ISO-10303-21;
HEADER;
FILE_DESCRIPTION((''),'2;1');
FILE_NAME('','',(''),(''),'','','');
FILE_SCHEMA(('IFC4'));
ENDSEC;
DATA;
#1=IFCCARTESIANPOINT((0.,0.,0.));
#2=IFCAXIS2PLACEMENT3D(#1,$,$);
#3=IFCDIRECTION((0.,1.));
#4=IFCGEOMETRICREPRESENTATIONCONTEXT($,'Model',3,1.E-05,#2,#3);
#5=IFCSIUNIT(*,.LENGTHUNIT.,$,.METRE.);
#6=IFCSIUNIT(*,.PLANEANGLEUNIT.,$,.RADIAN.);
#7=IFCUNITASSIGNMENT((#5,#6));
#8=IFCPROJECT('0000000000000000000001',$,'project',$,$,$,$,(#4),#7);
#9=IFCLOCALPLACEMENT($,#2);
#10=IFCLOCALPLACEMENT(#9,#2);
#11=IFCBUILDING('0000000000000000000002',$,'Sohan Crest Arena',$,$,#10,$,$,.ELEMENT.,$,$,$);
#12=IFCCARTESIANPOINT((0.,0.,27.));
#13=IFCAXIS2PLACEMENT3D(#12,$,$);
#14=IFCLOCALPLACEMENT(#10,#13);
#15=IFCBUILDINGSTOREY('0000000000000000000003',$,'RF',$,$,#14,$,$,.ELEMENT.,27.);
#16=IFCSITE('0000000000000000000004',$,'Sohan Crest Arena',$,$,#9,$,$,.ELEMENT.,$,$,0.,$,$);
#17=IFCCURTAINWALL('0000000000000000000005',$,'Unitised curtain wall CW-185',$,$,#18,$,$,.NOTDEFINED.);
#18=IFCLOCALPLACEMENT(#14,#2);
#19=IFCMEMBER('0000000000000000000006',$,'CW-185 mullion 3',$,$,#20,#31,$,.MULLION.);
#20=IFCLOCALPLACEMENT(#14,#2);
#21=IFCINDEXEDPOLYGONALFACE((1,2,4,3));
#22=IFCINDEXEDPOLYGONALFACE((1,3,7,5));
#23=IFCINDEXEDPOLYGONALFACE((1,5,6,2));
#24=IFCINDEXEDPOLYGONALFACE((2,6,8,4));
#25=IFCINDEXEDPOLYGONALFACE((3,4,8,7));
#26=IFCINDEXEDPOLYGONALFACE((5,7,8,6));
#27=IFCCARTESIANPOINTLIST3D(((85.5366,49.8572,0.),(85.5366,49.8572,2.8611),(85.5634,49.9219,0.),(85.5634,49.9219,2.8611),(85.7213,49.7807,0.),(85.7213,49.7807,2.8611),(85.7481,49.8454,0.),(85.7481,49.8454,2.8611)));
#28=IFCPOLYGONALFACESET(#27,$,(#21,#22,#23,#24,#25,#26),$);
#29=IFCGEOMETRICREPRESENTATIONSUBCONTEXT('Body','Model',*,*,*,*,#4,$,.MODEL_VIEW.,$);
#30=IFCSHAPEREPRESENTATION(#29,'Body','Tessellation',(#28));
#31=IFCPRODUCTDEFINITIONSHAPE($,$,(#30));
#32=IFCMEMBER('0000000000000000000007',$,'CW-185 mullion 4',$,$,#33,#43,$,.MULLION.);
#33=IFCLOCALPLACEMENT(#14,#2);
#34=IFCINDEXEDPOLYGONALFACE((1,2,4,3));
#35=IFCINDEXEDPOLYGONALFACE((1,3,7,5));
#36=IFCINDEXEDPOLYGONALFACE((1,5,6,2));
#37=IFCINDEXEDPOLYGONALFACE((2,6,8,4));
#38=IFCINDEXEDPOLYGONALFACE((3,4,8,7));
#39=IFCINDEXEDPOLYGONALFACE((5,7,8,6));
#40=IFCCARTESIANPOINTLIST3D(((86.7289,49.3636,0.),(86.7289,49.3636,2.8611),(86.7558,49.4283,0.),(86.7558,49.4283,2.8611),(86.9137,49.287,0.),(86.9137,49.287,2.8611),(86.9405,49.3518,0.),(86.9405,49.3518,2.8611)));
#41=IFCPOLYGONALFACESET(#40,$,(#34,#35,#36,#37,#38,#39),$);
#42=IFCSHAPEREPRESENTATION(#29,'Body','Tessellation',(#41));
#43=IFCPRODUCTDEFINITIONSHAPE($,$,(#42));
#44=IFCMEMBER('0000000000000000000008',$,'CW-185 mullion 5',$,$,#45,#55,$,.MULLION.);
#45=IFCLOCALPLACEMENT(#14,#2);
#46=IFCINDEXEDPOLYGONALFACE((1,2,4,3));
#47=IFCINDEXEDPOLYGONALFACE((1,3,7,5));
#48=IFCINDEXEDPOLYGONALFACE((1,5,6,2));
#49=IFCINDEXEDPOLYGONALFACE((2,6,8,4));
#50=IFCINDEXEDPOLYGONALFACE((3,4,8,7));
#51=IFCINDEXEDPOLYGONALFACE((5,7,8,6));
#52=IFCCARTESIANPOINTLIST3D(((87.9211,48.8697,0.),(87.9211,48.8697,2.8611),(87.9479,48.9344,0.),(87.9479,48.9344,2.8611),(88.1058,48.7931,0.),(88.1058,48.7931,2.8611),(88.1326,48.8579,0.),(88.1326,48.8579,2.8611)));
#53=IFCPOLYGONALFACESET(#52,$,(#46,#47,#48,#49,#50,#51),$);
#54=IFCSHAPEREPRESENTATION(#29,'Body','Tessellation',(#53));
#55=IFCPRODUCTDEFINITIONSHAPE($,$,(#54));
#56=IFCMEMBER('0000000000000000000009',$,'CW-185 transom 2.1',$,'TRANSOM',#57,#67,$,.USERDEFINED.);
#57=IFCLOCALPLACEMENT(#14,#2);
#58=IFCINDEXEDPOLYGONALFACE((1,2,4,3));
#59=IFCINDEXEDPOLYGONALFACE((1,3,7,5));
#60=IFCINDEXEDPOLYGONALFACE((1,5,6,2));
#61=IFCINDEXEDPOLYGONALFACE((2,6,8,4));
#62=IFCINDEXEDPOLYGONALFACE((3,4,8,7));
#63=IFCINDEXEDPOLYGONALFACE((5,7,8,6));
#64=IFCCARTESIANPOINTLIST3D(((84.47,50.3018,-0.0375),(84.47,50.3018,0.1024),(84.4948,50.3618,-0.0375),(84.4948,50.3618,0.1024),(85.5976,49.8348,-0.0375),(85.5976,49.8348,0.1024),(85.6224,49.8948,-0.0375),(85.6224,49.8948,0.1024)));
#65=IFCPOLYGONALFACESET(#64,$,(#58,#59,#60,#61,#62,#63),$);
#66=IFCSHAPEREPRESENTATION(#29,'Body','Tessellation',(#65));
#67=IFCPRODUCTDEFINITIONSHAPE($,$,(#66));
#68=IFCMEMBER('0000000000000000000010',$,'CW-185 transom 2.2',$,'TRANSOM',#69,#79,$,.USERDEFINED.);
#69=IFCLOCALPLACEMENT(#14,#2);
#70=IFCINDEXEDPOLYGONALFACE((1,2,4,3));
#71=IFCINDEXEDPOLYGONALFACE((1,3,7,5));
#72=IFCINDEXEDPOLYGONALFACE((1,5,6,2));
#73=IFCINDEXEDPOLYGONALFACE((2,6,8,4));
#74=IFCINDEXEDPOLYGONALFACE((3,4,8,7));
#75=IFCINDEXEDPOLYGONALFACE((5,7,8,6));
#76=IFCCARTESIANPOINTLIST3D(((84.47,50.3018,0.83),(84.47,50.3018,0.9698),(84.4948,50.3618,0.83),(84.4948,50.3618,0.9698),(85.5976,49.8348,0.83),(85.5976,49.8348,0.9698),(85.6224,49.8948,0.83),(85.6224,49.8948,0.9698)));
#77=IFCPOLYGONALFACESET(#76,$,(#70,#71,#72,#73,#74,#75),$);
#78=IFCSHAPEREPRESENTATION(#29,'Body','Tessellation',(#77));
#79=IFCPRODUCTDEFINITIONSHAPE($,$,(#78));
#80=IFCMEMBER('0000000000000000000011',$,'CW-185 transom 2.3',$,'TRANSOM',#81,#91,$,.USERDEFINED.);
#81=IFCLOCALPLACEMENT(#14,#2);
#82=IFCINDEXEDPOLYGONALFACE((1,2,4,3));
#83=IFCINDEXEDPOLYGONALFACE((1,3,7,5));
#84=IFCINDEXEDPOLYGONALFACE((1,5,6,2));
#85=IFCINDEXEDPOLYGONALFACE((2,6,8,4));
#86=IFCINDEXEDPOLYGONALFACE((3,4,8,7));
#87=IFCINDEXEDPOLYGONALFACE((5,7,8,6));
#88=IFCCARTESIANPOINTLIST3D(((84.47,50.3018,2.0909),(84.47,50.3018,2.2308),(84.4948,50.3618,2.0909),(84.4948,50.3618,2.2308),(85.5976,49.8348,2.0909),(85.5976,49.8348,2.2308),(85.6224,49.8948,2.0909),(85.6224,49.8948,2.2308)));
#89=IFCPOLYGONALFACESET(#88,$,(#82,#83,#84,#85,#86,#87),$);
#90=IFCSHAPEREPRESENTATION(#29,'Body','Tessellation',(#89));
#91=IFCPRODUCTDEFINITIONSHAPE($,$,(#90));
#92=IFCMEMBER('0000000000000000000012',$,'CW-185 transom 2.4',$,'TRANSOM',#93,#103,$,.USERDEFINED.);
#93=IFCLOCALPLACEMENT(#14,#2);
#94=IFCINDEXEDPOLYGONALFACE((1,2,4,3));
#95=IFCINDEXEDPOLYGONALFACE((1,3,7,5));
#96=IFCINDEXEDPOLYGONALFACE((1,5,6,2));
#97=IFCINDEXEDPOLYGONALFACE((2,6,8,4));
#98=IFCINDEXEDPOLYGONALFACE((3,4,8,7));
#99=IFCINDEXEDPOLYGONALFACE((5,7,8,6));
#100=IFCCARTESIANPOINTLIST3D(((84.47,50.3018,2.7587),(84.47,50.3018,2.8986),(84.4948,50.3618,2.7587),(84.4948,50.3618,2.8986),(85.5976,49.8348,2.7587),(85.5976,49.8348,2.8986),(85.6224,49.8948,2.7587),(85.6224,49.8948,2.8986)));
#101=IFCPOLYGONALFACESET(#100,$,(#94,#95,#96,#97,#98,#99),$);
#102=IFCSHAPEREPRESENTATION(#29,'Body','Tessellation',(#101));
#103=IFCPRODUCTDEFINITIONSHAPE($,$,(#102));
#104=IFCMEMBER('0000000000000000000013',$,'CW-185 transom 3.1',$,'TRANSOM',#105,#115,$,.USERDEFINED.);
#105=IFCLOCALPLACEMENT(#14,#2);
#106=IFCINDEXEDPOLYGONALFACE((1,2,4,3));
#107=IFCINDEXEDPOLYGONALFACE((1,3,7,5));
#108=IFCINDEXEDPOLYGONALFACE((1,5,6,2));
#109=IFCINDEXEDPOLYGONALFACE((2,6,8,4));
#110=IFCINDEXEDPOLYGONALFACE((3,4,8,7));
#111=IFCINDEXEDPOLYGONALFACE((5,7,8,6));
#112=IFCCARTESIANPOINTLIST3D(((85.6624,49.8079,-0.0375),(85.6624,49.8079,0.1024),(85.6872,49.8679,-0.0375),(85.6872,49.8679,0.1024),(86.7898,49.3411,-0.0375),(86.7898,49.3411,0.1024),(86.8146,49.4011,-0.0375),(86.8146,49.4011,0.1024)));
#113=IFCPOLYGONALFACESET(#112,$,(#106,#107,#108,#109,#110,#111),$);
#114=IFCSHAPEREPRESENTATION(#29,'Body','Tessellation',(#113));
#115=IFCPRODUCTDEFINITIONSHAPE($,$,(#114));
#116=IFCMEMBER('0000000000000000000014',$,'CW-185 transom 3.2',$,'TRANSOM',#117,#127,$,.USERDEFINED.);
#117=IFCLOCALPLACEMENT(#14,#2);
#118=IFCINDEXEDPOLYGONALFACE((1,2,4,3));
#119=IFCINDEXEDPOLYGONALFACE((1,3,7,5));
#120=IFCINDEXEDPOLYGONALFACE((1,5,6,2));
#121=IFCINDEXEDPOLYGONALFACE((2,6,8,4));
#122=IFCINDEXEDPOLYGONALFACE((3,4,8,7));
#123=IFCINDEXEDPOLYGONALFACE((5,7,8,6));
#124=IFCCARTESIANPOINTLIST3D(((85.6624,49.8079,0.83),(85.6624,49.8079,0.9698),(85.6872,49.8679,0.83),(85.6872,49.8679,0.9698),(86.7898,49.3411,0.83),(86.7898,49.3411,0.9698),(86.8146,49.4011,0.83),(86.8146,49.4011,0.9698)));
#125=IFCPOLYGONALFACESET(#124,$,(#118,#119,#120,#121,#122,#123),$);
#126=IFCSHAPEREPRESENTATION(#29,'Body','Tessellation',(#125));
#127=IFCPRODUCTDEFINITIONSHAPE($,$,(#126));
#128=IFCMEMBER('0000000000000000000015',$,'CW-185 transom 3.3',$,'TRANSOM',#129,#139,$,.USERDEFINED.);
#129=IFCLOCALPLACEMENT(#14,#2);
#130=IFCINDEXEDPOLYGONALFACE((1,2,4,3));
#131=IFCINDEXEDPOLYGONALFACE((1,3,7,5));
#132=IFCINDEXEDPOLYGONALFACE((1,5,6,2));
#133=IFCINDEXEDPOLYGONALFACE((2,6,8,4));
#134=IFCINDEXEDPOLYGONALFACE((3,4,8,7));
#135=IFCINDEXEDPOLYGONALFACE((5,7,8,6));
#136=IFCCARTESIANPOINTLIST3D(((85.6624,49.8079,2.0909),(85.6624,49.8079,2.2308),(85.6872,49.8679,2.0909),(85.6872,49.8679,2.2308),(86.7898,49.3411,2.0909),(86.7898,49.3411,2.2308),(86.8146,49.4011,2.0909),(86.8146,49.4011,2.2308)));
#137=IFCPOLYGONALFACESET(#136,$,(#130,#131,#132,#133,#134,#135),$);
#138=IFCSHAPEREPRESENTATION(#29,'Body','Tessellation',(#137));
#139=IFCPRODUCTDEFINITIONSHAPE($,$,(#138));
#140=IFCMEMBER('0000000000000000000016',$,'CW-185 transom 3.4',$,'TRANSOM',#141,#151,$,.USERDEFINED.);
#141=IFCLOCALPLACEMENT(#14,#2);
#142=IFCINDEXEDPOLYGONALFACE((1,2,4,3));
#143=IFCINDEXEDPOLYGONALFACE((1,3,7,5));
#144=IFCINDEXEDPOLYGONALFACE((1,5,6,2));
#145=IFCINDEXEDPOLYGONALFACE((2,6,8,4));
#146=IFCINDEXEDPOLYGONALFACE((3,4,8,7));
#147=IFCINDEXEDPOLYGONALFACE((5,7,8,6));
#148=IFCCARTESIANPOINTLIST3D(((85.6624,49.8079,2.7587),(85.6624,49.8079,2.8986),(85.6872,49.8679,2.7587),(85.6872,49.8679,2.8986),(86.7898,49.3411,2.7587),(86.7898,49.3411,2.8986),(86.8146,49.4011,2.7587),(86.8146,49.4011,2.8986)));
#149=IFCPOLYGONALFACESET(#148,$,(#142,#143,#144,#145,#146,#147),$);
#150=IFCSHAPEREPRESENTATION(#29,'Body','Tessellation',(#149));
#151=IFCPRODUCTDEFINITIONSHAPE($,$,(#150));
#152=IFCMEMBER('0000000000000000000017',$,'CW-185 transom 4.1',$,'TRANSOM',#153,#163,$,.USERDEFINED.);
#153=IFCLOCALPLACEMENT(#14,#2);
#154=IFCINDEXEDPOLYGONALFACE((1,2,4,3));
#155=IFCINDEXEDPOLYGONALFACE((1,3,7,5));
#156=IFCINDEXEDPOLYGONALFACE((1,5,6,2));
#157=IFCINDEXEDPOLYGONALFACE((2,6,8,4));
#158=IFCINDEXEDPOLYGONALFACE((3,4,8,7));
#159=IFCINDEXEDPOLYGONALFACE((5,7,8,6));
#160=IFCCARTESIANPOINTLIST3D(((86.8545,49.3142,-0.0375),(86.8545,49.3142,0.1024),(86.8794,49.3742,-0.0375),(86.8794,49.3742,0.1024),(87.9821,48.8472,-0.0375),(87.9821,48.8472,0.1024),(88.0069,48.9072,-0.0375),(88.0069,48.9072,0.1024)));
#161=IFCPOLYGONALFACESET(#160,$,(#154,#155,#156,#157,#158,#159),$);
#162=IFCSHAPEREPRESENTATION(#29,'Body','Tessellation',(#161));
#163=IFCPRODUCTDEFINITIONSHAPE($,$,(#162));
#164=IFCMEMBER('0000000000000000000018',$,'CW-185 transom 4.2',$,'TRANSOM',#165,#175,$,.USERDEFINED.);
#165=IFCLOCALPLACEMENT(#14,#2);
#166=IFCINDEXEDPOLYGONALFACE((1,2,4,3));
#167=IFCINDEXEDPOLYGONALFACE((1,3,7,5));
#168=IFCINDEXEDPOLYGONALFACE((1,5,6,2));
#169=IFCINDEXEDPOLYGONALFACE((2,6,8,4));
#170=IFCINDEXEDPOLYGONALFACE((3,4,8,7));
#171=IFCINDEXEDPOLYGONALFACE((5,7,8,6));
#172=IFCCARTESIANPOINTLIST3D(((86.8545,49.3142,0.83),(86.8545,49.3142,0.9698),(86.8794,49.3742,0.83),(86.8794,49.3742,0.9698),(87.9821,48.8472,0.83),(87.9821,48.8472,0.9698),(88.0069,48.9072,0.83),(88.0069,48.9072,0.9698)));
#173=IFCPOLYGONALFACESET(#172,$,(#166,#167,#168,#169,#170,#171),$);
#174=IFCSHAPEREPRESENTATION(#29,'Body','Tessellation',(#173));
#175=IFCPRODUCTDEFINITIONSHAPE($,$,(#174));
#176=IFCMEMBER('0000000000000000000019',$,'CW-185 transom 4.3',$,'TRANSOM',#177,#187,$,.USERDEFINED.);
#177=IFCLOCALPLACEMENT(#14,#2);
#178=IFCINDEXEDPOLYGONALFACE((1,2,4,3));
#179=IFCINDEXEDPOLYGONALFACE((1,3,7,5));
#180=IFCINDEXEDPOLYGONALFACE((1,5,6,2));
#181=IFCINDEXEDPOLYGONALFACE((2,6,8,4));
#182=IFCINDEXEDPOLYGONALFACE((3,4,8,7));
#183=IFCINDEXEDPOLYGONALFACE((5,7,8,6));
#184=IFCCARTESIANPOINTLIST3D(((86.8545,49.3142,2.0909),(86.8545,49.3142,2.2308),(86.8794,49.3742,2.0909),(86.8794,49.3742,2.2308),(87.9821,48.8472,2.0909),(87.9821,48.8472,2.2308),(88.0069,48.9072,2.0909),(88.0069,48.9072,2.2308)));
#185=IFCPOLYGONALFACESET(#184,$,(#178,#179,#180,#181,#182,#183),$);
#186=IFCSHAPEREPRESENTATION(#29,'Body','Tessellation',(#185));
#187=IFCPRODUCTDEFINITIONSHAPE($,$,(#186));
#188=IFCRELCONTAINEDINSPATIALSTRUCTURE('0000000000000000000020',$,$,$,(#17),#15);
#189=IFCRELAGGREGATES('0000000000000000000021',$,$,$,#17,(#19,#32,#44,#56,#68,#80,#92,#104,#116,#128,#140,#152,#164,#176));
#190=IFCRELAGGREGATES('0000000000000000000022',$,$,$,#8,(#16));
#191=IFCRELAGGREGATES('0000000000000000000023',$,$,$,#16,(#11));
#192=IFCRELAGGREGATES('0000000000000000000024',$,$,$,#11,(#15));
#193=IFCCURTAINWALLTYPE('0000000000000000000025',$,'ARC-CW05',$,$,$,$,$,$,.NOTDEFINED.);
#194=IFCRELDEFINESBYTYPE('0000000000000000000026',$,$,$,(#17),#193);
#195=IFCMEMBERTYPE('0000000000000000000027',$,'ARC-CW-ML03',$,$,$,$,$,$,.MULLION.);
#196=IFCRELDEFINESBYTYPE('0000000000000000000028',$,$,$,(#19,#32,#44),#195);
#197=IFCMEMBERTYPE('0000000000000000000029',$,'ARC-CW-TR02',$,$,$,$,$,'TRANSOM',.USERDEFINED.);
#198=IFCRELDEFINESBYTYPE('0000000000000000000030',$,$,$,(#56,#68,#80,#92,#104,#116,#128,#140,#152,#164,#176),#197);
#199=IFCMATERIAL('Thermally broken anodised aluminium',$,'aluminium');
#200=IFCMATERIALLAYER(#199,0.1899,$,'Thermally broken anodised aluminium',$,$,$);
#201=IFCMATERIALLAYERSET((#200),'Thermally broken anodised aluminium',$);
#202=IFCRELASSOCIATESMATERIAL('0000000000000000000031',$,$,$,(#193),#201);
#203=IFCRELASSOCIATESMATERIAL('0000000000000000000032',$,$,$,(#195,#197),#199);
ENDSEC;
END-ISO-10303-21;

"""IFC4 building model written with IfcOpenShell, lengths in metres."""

from ifc_helpers import new_model, si_unit, direction, frame, origin, origin_2d, place, context, subcontext, project, spatial, rectangle, extrude, material, layer, layer_set, material_profile, profile_set, type_object, element, aggregate, save


model = new_model("IFC4")

# Units and contexts
model_context = context("Model", 3, precision=1e-05, world=origin(), true_north=direction((0.0, 1.0)))
body_context = subcontext(model_context, "Body", "Model", "MODEL_VIEW")
ifc_project = project(units=[si_unit("LENGTHUNIT", "METRE"), si_unit("PLANEANGLEUNIT", "RADIAN")], contexts=[model_context])

# Site, building, storey
site_placement = place(None, origin())
site = spatial("IfcSite", under=ifc_project, at=site_placement, Name="Sohan Crest Arena", CompositionType="ELEMENT", RefElevation=0.0)
building_placement = place(site_placement, origin())
building = spatial("IfcBuilding", under=site, at=building_placement, Name="Sohan Crest Arena", CompositionType="ELEMENT")
storey_placement = place(building_placement, frame((0.0, 0.0, 27.0)))
storey = spatial("IfcBuildingStorey", under=building, at=storey_placement, Name="RF", CompositionType="ELEMENT", Elevation=27.0)

# Curtain wall, members
ifc_material_1 = material(Name="Thermally broken anodised aluminium", Category="aluminium")
ifc_layer_1 = layer(ifc_material_1, 0.1899, Name="Thermally broken anodised aluminium")
ifc_layer_set_1 = layer_set([ifc_layer_1], Name="Thermally broken anodised aluminium")
curtain_wall_type = type_object("IfcCurtainWallType", Name="ARC-CW05", PredefinedType="NOTDEFINED", material=ifc_layer_set_1)
curtain_wall_placement = place(storey_placement, origin())
curtain_wall = element("IfcCurtainWall", 1, at=curtain_wall_placement, inside=storey, type_object=curtain_wall_type, Name="Unitised curtain wall CW-185", PredefinedType="NOTDEFINED")
ifc_material_profile_1 = material_profile(ifc_material_1, rectangle(XDim=0.0701, YDim=0.2, at=origin_2d()), Name="ALU-MULL 70x200")
ifc_profile_set_1 = profile_set([ifc_material_profile_1], Name="Thermally broken anodised aluminium")
member_type_1 = type_object("IfcMemberType", Name="ARC-CW-ML03", PredefinedType="MULLION", material=ifc_profile_set_1)
member_1_placement = place(storey_placement, frame((85.6423, 49.8513, 0.0), z_axis=(0.0, 0.0, 1.0), x_axis=(0.382667, 0.923886, 0.0)))
member_1 = element("IfcMember", 2, at=member_1_placement, type_object=member_type_1, Name="CW-185 mullion 3", PredefinedType="MULLION", context=body_context, shape_type="SweptSolid", body=[
    extrude(rectangle(XDim=0.0701, YDim=0.2, at=origin_2d()), origin(), (0.0, 0.0, 1.0), 2.8611),
])
member_2_placement = place(storey_placement, frame((86.8347, 49.3577, 0.0), z_axis=(0.0, 0.0, 1.0), x_axis=(0.382667, 0.923886, 0.0)))
member_2 = element("IfcMember", 3, at=member_2_placement, type_object=member_type_1, Name="CW-185 mullion 4", PredefinedType="MULLION", context=body_context, shape_type="SweptSolid", body=[
    extrude(rectangle(XDim=0.0701, YDim=0.2, at=origin_2d()), origin(), (0.0, 0.0, 1.0), 2.8611),
])
member_3_placement = place(storey_placement, frame((88.0269, 48.8638, 0.0), z_axis=(0.0, 0.0, 1.0), x_axis=(0.382667, 0.923886, 0.0)))
member_3 = element("IfcMember", 4, at=member_3_placement, type_object=member_type_1, Name="CW-185 mullion 5", PredefinedType="MULLION", context=body_context, shape_type="SweptSolid", body=[
    extrude(rectangle(XDim=0.0701, YDim=0.2, at=origin_2d()), origin(), (0.0, 0.0, 1.0), 2.8611),
])
ifc_material_profile_2 = material_profile(ifc_material_1, rectangle(XDim=0.0649, YDim=0.1399, at=origin_2d()), Name="ALU-TRAN 65x140")
ifc_profile_set_2 = profile_set([ifc_material_profile_2], Name="Thermally broken anodised aluminium")
member_type_2 = type_object("IfcMemberType", Name="ARC-CW-TR02", ElementType="TRANSOM", PredefinedType="USERDEFINED", material=ifc_profile_set_2)
member_4_placement = place(storey_placement, frame((84.4824, 50.3318, 0.0325), z_axis=(0.923897, -0.38264, 0.0), x_axis=(0.38264, 0.923897, 0.0)))
member_4 = element("IfcMember", 5, at=member_4_placement, type_object=member_type_2, Name="CW-185 transom 2.1", ObjectType="TRANSOM", PredefinedType="USERDEFINED", context=body_context, shape_type="SweptSolid", body=[
    extrude(rectangle(XDim=0.0649, YDim=0.1399, at=origin_2d()), origin(), (0.0, 0.0, 1.0), 1.2205),
])
member_5_placement = place(storey_placement, frame((84.4824, 50.3318, 0.8999), z_axis=(0.923897, -0.38264, 0.0), x_axis=(0.38264, 0.923897, 0.0)))
member_5 = element("IfcMember", 6, at=member_5_placement, type_object=member_type_2, Name="CW-185 transom 2.2", ObjectType="TRANSOM", PredefinedType="USERDEFINED", context=body_context, shape_type="SweptSolid", body=[
    extrude(rectangle(XDim=0.0649, YDim=0.1399, at=origin_2d()), origin(), (0.0, 0.0, 1.0), 1.2205),
])
member_6_placement = place(storey_placement, frame((84.4824, 50.3318, 2.1609), z_axis=(0.923897, -0.38264, 0.0), x_axis=(0.38264, 0.923897, 0.0)))
member_6 = element("IfcMember", 7, at=member_6_placement, type_object=member_type_2, Name="CW-185 transom 2.3", ObjectType="TRANSOM", PredefinedType="USERDEFINED", context=body_context, shape_type="SweptSolid", body=[
    extrude(rectangle(XDim=0.0649, YDim=0.1399, at=origin_2d()), origin(), (0.0, 0.0, 1.0), 1.2205),
])
member_7_placement = place(storey_placement, frame((84.4824, 50.3318, 2.8286), z_axis=(0.923897, -0.38264, 0.0), x_axis=(0.38264, 0.923897, 0.0)))
member_7 = element("IfcMember", 8, at=member_7_placement, type_object=member_type_2, Name="CW-185 transom 2.4", ObjectType="TRANSOM", PredefinedType="USERDEFINED", context=body_context, shape_type="SweptSolid", body=[
    extrude(rectangle(XDim=0.0649, YDim=0.1399, at=origin_2d()), origin(), (0.0, 0.0, 1.0), 1.2205),
])
member_8_placement = place(storey_placement, frame((85.6748, 49.8379, 0.0325), z_axis=(0.923939, -0.38254, 0.0), x_axis=(0.38254, 0.923939, 0.0)))
member_8 = element("IfcMember", 9, at=member_8_placement, type_object=member_type_2, Name="CW-185 transom 3.1", ObjectType="TRANSOM", PredefinedType="USERDEFINED", context=body_context, shape_type="SweptSolid", body=[
    extrude(rectangle(XDim=0.0649, YDim=0.1399, at=origin_2d()), origin(), (0.0, 0.0, 1.0), 1.2202),
])
member_9_placement = place(storey_placement, frame((85.6748, 49.8379, 0.8999), z_axis=(0.923939, -0.38254, 0.0), x_axis=(0.38254, 0.923939, 0.0)))
member_9 = element("IfcMember", 10, at=member_9_placement, type_object=member_type_2, Name="CW-185 transom 3.2", ObjectType="TRANSOM", PredefinedType="USERDEFINED", context=body_context, shape_type="SweptSolid", body=[
    extrude(rectangle(XDim=0.0649, YDim=0.1399, at=origin_2d()), origin(), (0.0, 0.0, 1.0), 1.2202),
])
member_10_placement = place(storey_placement, frame((85.6748, 49.8379, 2.1609), z_axis=(0.923939, -0.38254, 0.0), x_axis=(0.38254, 0.923939, 0.0)))
member_10 = element("IfcMember", 11, at=member_10_placement, type_object=member_type_2, Name="CW-185 transom 3.3", ObjectType="TRANSOM", PredefinedType="USERDEFINED", context=body_context, shape_type="SweptSolid", body=[
    extrude(rectangle(XDim=0.0649, YDim=0.1399, at=origin_2d()), origin(), (0.0, 0.0, 1.0), 1.2202),
])
member_11_placement = place(storey_placement, frame((85.6748, 49.8379, 2.8286), z_axis=(0.923939, -0.38254, 0.0), x_axis=(0.38254, 0.923939, 0.0)))
member_11 = element("IfcMember", 12, at=member_11_placement, type_object=member_type_2, Name="CW-185 transom 3.4", ObjectType="TRANSOM", PredefinedType="USERDEFINED", context=body_context, shape_type="SweptSolid", body=[
    extrude(rectangle(XDim=0.0649, YDim=0.1399, at=origin_2d()), origin(), (0.0, 0.0, 1.0), 1.2202),
])
member_12_placement = place(storey_placement, frame((86.8669, 49.3442, 0.0325), z_axis=(0.923868, -0.382711, 0.0), x_axis=(0.382711, 0.923868, 0.0)))
member_12 = element("IfcMember", 13, at=member_12_placement, type_object=member_type_2, Name="CW-185 transom 4.1", ObjectType="TRANSOM", PredefinedType="USERDEFINED", context=body_context, shape_type="SweptSolid", body=[
    extrude(rectangle(XDim=0.0649, YDim=0.1399, at=origin_2d()), origin(), (0.0, 0.0, 1.0), 1.2205),
])
member_13_placement = place(storey_placement, frame((86.8669, 49.3442, 0.8999), z_axis=(0.923868, -0.382711, 0.0), x_axis=(0.382711, 0.923868, 0.0)))
member_13 = element("IfcMember", 14, at=member_13_placement, type_object=member_type_2, Name="CW-185 transom 4.2", ObjectType="TRANSOM", PredefinedType="USERDEFINED", context=body_context, shape_type="SweptSolid", body=[
    extrude(rectangle(XDim=0.0649, YDim=0.1399, at=origin_2d()), origin(), (0.0, 0.0, 1.0), 1.2205),
])
member_14_placement = place(storey_placement, frame((86.8669, 49.3442, 2.1609), z_axis=(0.923868, -0.382711, 0.0), x_axis=(0.382711, 0.923868, 0.0)))
member_14 = element("IfcMember", 15, at=member_14_placement, type_object=member_type_2, Name="CW-185 transom 4.3", ObjectType="TRANSOM", PredefinedType="USERDEFINED", context=body_context, shape_type="SweptSolid", body=[
    extrude(rectangle(XDim=0.0649, YDim=0.1399, at=origin_2d()), origin(), (0.0, 0.0, 1.0), 1.2205),
])
aggregate(curtain_wall, [member_1, member_2, member_3, member_4, member_5, member_6, member_7, member_8, member_9, member_10, member_11, member_12, member_13, member_14])

save(model, "model.ifc")
